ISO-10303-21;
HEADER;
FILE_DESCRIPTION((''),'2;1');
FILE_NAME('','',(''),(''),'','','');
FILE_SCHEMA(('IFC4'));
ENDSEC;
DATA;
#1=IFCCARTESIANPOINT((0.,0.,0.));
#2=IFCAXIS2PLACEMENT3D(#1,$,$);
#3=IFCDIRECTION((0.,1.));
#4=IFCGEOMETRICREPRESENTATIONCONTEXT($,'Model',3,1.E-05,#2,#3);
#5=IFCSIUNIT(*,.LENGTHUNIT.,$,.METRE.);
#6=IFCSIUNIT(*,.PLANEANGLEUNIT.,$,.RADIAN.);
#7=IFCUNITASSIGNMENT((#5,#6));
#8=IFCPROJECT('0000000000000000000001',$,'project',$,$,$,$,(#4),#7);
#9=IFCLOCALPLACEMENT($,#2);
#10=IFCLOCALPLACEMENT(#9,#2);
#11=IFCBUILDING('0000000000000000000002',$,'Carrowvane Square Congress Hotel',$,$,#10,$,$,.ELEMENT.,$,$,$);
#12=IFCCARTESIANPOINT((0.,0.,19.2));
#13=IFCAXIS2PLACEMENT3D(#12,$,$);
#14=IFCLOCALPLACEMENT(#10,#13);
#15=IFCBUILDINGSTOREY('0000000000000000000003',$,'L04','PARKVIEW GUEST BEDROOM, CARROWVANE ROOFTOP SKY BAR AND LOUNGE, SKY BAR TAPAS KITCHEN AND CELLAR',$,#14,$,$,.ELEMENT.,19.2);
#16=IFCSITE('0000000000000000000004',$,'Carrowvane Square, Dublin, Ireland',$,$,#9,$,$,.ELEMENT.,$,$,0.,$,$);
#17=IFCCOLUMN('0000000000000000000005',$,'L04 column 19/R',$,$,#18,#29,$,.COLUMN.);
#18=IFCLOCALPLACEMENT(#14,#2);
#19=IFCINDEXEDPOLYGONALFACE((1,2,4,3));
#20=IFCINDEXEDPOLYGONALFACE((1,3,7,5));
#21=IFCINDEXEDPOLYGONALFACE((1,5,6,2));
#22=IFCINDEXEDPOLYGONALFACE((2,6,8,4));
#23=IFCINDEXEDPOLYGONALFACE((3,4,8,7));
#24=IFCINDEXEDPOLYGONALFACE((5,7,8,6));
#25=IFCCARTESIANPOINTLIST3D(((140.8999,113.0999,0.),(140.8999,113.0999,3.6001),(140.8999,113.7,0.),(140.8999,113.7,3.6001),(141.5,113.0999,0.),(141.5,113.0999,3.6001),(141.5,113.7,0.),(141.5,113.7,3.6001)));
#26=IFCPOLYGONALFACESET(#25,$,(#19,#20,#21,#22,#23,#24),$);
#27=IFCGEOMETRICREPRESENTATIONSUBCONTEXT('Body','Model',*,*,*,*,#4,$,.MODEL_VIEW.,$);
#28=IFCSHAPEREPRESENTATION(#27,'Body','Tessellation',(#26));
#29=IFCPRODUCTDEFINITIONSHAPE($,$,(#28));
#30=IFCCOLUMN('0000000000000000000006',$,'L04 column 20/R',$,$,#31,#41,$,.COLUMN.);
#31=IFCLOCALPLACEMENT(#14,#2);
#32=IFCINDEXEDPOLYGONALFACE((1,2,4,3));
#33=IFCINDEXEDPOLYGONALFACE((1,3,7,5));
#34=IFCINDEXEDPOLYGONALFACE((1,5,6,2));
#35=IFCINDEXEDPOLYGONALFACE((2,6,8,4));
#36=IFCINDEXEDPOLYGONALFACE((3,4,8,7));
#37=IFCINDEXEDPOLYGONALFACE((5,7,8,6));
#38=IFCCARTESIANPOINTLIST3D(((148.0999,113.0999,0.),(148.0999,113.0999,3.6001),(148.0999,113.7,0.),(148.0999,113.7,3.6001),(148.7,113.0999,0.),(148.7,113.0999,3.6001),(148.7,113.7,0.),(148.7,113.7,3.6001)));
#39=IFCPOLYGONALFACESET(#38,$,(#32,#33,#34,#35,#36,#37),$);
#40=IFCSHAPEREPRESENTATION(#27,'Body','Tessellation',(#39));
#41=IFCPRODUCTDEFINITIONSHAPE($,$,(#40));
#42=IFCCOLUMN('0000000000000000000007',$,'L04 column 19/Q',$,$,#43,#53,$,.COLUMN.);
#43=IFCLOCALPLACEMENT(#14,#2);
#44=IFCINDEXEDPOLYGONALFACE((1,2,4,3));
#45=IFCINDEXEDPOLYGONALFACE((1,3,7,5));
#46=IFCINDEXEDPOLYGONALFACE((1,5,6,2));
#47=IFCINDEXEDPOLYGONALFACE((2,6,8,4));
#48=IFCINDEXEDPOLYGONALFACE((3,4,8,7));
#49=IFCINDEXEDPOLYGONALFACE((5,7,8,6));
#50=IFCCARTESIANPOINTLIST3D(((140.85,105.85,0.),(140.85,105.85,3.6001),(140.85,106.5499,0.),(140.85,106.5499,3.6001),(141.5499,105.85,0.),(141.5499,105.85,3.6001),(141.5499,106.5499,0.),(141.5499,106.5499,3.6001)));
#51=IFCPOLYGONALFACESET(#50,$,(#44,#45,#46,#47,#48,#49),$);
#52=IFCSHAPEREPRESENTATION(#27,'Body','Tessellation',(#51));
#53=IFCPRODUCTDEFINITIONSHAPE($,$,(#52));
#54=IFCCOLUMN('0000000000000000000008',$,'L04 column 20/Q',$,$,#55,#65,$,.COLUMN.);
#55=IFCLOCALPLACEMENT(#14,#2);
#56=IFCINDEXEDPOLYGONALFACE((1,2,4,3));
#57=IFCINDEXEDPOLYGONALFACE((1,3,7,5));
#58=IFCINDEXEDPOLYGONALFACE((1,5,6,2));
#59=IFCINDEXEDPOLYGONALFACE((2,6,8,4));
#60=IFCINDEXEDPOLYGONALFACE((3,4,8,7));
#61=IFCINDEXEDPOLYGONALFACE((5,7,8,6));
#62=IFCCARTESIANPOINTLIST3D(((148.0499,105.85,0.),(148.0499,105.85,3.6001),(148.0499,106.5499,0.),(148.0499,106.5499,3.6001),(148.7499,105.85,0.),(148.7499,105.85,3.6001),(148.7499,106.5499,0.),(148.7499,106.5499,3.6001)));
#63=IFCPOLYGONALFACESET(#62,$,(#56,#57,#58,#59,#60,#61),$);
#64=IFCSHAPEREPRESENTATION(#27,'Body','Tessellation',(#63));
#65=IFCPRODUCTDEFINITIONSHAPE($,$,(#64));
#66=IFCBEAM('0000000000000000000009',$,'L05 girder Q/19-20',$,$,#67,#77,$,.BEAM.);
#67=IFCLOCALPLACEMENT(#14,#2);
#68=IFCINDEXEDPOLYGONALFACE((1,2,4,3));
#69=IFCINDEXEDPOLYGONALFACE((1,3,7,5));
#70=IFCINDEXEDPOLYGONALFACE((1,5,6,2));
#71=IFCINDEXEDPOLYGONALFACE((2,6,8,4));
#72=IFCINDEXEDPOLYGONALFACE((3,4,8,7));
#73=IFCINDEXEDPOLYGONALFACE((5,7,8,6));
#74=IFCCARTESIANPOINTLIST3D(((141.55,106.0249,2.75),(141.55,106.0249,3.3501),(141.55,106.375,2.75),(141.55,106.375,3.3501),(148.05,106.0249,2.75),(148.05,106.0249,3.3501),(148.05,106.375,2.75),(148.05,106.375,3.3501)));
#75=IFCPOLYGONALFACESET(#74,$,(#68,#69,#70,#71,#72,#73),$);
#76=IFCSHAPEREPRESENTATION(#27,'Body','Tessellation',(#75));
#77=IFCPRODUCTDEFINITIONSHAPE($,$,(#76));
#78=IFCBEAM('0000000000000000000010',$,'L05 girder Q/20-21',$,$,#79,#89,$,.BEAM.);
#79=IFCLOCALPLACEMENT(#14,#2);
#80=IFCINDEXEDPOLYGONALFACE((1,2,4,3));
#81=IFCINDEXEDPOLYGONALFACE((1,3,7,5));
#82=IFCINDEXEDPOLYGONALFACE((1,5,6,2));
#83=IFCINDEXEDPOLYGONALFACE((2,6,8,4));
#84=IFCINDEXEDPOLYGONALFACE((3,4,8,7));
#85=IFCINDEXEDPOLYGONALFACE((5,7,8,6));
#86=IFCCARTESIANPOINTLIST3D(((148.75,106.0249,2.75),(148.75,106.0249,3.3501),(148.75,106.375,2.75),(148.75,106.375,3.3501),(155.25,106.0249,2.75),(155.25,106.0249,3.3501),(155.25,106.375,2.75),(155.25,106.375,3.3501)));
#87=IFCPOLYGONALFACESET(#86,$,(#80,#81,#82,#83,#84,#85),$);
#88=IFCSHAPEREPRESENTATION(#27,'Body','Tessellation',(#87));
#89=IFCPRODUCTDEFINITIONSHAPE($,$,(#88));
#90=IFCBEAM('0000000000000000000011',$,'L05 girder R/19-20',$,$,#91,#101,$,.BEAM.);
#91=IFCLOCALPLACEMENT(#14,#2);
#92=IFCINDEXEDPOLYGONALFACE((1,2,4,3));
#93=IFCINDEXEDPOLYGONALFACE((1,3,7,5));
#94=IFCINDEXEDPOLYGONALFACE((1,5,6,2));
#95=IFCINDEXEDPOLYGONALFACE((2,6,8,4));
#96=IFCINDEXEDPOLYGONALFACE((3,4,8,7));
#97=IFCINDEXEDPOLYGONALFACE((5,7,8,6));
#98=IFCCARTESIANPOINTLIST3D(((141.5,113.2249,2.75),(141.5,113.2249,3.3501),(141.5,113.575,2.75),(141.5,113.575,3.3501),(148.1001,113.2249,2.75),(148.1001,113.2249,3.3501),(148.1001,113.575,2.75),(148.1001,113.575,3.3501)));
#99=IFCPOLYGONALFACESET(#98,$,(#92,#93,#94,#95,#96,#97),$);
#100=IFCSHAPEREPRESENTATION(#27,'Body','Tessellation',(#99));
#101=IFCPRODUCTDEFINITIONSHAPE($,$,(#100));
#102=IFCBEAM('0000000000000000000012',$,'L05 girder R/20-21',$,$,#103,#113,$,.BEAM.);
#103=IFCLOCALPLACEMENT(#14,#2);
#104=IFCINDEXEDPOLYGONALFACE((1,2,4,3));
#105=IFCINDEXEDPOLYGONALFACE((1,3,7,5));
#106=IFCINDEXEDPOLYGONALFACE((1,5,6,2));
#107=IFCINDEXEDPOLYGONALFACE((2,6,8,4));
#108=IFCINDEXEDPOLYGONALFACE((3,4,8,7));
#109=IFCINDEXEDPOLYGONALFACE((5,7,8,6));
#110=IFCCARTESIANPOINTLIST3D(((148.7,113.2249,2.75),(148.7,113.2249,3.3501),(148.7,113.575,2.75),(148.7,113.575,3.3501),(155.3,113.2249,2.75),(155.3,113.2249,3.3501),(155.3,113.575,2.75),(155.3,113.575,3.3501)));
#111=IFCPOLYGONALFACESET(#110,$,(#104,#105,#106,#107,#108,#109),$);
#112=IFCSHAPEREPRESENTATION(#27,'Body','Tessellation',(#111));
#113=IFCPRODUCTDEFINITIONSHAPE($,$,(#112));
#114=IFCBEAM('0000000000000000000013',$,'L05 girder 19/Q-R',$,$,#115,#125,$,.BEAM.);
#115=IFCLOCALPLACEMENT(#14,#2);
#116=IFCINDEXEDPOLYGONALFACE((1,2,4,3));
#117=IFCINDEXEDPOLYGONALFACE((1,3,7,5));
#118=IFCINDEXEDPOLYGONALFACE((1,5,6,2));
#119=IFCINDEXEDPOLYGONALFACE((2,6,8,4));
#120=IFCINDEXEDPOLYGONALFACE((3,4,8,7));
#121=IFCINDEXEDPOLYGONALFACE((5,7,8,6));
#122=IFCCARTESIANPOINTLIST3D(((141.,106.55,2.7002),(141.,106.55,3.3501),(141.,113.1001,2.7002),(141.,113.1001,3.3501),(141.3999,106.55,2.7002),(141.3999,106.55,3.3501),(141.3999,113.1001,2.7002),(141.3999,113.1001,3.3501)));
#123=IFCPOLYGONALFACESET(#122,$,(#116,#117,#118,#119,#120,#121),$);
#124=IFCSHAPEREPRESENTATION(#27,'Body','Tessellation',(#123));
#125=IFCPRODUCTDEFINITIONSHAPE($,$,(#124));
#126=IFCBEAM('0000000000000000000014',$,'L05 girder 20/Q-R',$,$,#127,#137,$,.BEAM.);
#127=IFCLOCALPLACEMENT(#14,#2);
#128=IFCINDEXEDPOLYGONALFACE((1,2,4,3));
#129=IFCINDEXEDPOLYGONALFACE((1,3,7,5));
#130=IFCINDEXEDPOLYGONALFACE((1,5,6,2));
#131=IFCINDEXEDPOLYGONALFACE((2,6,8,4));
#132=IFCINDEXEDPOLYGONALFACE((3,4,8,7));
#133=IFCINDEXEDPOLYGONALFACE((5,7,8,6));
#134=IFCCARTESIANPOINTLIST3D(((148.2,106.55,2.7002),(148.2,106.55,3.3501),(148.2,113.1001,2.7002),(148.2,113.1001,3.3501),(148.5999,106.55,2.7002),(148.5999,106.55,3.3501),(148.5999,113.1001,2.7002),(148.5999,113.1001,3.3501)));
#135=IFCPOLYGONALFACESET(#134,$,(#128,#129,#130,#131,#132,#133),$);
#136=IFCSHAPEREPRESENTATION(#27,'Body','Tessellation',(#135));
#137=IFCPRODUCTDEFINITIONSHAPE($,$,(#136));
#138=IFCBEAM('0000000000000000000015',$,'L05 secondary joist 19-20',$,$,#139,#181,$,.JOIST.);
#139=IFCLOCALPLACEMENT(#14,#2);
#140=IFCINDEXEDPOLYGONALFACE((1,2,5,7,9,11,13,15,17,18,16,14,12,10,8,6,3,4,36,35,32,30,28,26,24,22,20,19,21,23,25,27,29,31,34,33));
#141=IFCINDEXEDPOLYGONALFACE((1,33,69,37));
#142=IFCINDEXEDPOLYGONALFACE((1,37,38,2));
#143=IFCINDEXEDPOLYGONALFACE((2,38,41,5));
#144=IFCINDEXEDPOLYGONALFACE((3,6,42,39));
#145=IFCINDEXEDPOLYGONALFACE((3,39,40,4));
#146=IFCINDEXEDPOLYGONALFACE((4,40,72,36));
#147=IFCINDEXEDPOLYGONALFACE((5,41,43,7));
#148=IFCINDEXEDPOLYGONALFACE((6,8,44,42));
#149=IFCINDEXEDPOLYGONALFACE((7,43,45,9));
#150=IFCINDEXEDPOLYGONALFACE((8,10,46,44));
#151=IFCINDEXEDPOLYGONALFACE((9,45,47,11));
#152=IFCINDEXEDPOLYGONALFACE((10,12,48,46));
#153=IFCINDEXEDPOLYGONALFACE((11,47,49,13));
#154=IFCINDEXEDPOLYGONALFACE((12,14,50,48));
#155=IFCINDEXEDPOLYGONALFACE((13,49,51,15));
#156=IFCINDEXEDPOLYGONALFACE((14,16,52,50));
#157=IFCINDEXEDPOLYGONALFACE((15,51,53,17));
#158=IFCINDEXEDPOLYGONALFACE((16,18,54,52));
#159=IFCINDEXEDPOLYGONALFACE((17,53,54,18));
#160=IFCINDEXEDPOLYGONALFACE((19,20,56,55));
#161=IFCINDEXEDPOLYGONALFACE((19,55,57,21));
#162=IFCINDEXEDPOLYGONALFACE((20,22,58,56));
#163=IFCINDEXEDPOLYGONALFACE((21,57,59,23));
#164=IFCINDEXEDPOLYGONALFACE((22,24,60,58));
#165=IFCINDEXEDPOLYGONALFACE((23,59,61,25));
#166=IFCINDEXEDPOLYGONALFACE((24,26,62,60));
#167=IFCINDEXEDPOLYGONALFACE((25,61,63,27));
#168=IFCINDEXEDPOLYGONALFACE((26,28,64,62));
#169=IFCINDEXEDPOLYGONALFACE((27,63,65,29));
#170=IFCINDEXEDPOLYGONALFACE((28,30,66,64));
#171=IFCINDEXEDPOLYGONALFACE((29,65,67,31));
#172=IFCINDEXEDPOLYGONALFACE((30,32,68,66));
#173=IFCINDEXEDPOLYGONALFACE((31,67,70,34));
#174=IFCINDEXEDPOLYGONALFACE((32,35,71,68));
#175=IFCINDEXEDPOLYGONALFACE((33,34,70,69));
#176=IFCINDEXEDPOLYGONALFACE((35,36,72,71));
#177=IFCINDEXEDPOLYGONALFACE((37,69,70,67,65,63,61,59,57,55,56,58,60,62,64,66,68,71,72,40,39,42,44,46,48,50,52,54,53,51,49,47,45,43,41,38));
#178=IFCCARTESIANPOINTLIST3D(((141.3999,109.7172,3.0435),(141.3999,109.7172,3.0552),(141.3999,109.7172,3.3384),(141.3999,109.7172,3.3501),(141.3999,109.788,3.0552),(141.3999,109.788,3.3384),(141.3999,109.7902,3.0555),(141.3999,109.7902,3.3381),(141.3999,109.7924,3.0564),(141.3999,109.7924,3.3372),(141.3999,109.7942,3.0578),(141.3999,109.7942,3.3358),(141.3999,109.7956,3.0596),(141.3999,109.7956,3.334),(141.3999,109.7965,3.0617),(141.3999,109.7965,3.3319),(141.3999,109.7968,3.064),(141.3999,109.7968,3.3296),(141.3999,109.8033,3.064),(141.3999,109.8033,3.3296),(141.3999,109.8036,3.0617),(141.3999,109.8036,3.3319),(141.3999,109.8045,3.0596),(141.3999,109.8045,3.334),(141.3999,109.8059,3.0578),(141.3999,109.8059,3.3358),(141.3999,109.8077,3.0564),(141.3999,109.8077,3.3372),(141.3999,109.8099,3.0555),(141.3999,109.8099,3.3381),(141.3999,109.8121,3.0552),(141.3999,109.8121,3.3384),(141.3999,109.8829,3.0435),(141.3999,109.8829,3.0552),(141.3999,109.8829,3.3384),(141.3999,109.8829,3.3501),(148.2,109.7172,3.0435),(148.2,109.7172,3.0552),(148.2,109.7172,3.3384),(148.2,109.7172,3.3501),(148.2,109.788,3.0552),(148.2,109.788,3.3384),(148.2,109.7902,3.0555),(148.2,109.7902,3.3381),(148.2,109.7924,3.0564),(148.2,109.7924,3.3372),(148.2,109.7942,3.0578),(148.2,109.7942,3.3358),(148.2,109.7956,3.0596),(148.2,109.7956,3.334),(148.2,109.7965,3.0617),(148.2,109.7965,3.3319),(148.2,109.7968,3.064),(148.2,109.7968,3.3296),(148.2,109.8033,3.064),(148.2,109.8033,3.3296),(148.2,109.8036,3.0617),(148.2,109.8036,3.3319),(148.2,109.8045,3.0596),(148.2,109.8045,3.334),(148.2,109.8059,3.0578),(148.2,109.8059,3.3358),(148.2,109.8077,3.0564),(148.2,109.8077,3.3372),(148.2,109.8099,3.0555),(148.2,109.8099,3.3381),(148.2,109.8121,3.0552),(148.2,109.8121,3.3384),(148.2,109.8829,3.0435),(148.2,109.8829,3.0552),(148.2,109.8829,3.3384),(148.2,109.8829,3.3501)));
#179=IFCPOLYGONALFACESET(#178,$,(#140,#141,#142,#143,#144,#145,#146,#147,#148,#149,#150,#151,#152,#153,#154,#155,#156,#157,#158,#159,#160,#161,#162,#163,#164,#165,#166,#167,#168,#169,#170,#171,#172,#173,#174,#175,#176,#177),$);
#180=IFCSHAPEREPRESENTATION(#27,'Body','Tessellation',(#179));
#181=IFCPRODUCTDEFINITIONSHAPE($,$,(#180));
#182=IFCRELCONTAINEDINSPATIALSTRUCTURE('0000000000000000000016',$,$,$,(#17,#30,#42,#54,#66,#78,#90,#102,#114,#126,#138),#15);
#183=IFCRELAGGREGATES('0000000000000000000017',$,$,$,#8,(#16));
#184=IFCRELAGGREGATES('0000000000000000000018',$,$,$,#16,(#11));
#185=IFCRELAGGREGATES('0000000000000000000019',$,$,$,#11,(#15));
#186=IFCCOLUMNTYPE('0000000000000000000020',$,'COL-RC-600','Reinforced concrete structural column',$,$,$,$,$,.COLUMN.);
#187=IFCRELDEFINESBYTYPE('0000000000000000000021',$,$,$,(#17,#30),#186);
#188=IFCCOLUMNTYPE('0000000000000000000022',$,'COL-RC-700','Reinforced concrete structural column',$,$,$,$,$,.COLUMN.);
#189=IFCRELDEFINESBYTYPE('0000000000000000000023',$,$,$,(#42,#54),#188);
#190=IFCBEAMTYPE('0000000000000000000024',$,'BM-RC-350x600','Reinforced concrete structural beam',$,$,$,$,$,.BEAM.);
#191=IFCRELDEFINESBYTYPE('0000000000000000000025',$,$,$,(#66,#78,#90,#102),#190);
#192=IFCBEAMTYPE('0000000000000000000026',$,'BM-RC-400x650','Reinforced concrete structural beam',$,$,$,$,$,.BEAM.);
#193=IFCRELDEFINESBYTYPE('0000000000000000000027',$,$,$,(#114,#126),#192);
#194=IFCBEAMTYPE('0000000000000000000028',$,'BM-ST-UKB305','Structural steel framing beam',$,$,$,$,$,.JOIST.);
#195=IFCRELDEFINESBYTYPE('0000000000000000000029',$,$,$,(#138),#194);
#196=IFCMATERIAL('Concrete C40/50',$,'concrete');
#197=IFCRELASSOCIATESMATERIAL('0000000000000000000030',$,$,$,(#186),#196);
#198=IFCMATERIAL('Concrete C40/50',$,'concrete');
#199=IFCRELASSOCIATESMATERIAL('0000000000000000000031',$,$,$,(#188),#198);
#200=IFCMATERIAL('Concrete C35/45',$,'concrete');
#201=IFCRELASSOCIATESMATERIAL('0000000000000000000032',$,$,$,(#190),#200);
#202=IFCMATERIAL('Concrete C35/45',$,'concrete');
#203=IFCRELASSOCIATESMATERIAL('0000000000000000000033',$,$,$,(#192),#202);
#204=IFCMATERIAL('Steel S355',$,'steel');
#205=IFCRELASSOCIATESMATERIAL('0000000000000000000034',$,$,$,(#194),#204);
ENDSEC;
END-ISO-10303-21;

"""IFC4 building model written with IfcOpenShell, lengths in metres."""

from ifc_helpers import new_model, si_unit, direction, frame, origin, origin_2d, place, context, subcontext, project, spatial, rectangle, i_section, extrude, material, material_profile, profile_set, type_object, element, save


model = new_model("IFC4")

# Units and contexts
model_context = context("Model", 3, precision=1e-05, world=origin(), true_north=direction((0.0, 1.0)))
body_context = subcontext(model_context, "Body", "Model", "MODEL_VIEW")
ifc_project = project(units=[si_unit("LENGTHUNIT", "METRE"), si_unit("PLANEANGLEUNIT", "RADIAN")], contexts=[model_context])

# Site, building, storey
site_placement = place(None, origin())
site = spatial("IfcSite", under=ifc_project, at=site_placement, Name="Carrowvane Square, Dublin, Ireland", CompositionType="ELEMENT", RefElevation=0.0)
building_placement = place(site_placement, origin())
building = spatial("IfcBuilding", under=site, at=building_placement, Name="Carrowvane Square Congress Hotel", CompositionType="ELEMENT")
storey_placement = place(building_placement, frame((0.0, 0.0, 19.2)))
storey = spatial("IfcBuildingStorey", under=building, at=storey_placement, Name="L04", Description="PARKVIEW GUEST BEDROOM, CARROWVANE ROOFTOP SKY BAR AND LOUNGE, SKY BAR TAPAS KITCHEN AND CELLAR", CompositionType="ELEMENT", Elevation=19.2)

# Columns
ifc_material_1 = material(Name="Concrete C40/50", Category="concrete")
ifc_material_profile_1 = material_profile(ifc_material_1, rectangle(XDim=0.6001, YDim=0.6001, at=origin_2d()), Name="RC 600x600")
ifc_profile_set_1 = profile_set([ifc_material_profile_1], Name="Concrete C40/50")
column_type_1 = type_object("IfcColumnType", Name="COL-RC-600", Description="Reinforced concrete structural column", PredefinedType="COLUMN", material=ifc_profile_set_1)
for number, where, z_axis, x_axis, name in (
    (1, (141.2, 113.3999, 0.0), (0.0, 0.0, 1.0), (1.0, 0.0, 0.0), "L04 column 19/R"),
    (2, (148.3999, 113.3999, 0.0), (0.0, 0.0, 1.0), (1.0, 0.0, 0.0), "L04 column 20/R"),
):
    element("IfcColumn", number, at=place(storey_placement, frame(where, z_axis=z_axis, x_axis=x_axis)), inside=storey, type_object=column_type_1, Name=name, PredefinedType="COLUMN", context=body_context, shape_type="SweptSolid", body=[
        extrude(rectangle(XDim=0.6001, YDim=0.6001, at=origin_2d()), origin(), (0.0, 0.0, 1.0), 3.6001),
    ])
ifc_material_2 = material(Name="Concrete C40/50", Category="concrete")
ifc_material_profile_2 = material_profile(ifc_material_2, rectangle(XDim=0.7, YDim=0.7, at=origin_2d()), Name="RC 700x700")
ifc_profile_set_2 = profile_set([ifc_material_profile_2], Name="Concrete C40/50")
column_type_2 = type_object("IfcColumnType", Name="COL-RC-700", Description="Reinforced concrete structural column", PredefinedType="COLUMN", material=ifc_profile_set_2)
for number, where, z_axis, x_axis, name in (
    (3, (141.2, 106.2, 0.0), (0.0, 0.0, 1.0), (1.0, 0.0, 0.0), "L04 column 19/Q"),
    (4, (148.3999, 106.2, 0.0), (0.0, 0.0, 1.0), (1.0, 0.0, 0.0), "L04 column 20/Q"),
):
    element("IfcColumn", number, at=place(storey_placement, frame(where, z_axis=z_axis, x_axis=x_axis)), inside=storey, type_object=column_type_2, Name=name, PredefinedType="COLUMN", context=body_context, shape_type="SweptSolid", body=[
        extrude(rectangle(XDim=0.7, YDim=0.7, at=origin_2d()), origin(), (0.0, 0.0, 1.0), 3.6001),
    ])

# Beams
ifc_material_3 = material(Name="Concrete C35/45", Category="concrete")
ifc_material_profile_3 = material_profile(ifc_material_3, rectangle(XDim=0.3501, YDim=0.6001, at=origin_2d()), Name="RC 350x600")
ifc_profile_set_3 = profile_set([ifc_material_profile_3], Name="Concrete C35/45")
beam_type_1 = type_object("IfcBeamType", Name="BM-RC-350x600", Description="Reinforced concrete structural beam", PredefinedType="BEAM", material=ifc_profile_set_3)
for number, where, z_axis, x_axis, name in (
    (5, (141.55, 106.2, 3.05), (1.0, 0.0, 0.0), (0.0, 1.0, 0.0), "L05 girder Q/19-20"),
    (6, (148.75, 106.2, 3.05), (1.0, 0.0, 0.0), (0.0, 1.0, 0.0), "L05 girder Q/20-21"),
):
    element("IfcBeam", number, at=place(storey_placement, frame(where, z_axis=z_axis, x_axis=x_axis)), inside=storey, type_object=beam_type_1, Name=name, PredefinedType="BEAM", context=body_context, shape_type="SweptSolid", body=[
        extrude(rectangle(XDim=0.3501, YDim=0.6001, at=origin_2d()), origin(), (0.0, 0.0, 1.0), 6.5),
    ])
for number, where, z_axis, x_axis, name in (
    (7, (141.5, 113.3999, 3.05), (1.0, 0.0, 0.0), (0.0, 1.0, 0.0), "L05 girder R/19-20"),
    (8, (148.7, 113.3999, 3.05), (1.0, 0.0, 0.0), (0.0, 1.0, 0.0), "L05 girder R/20-21"),
):
    element("IfcBeam", number, at=place(storey_placement, frame(where, z_axis=z_axis, x_axis=x_axis)), inside=storey, type_object=beam_type_1, Name=name, PredefinedType="BEAM", context=body_context, shape_type="SweptSolid", body=[
        extrude(rectangle(XDim=0.3501, YDim=0.6001, at=origin_2d()), origin(), (0.0, 0.0, 1.0), 6.6001),
    ])
ifc_material_4 = material(Name="Concrete C35/45", Category="concrete")
ifc_material_profile_4 = material_profile(ifc_material_4, rectangle(XDim=0.3999, YDim=0.6499, at=origin_2d()), Name="RC 400x650")
ifc_profile_set_4 = profile_set([ifc_material_profile_4], Name="Concrete C35/45")
beam_type_2 = type_object("IfcBeamType", Name="BM-RC-400x650", Description="Reinforced concrete structural beam", PredefinedType="BEAM", material=ifc_profile_set_4)
for number, where, z_axis, x_axis, name in (
    (9, (141.2, 106.55, 3.0251), (0.0, 1.0, 0.0), (-1.0, 0.0, 0.0), "L05 girder 19/Q-R"),
    (10, (148.3999, 106.55, 3.0251), (0.0, 1.0, 0.0), (-1.0, 0.0, 0.0), "L05 girder 20/Q-R"),
):
    element("IfcBeam", number, at=place(storey_placement, frame(where, z_axis=z_axis, x_axis=x_axis)), inside=storey, type_object=beam_type_2, Name=name, PredefinedType="BEAM", context=body_context, shape_type="SweptSolid", body=[
        extrude(rectangle(XDim=0.3999, YDim=0.6499, at=origin_2d()), origin(), (0.0, 0.0, 1.0), 6.55),
    ])
ifc_material_5 = material(Name="Steel S355", Category="steel")
ifc_material_profile_5 = material_profile(ifc_material_5, i_section(OverallWidth=0.1658, OverallDepth=0.3066, WebThickness=0.0066, FlangeThickness=0.0117, FilletRadius=0.0088, at=origin_2d()), Name="UKB 305x165x46")
ifc_profile_set_5 = profile_set([ifc_material_profile_5], Name="Steel S355")
beam_type_3 = type_object("IfcBeamType", Name="BM-ST-UKB305", Description="Structural steel framing beam", PredefinedType="JOIST", material=ifc_profile_set_5)
beam_1_placement = place(storey_placement, frame((141.3999, 109.8, 3.1968), z_axis=(1.0, 0.0, 0.0), x_axis=(0.0, 1.0, 0.0)))
element("IfcBeam", 11, at=beam_1_placement, inside=storey, type_object=beam_type_3, Name="L05 secondary joist 19-20", PredefinedType="JOIST", context=body_context, shape_type="SweptSolid", body=[
    extrude(i_section(OverallWidth=0.1658, OverallDepth=0.3066, WebThickness=0.0066, FlangeThickness=0.0117, FilletRadius=0.0088, at=origin_2d()), origin(), (0.0, 0.0, 1.0), 6.8),
])

save(model, "model.ifc")
